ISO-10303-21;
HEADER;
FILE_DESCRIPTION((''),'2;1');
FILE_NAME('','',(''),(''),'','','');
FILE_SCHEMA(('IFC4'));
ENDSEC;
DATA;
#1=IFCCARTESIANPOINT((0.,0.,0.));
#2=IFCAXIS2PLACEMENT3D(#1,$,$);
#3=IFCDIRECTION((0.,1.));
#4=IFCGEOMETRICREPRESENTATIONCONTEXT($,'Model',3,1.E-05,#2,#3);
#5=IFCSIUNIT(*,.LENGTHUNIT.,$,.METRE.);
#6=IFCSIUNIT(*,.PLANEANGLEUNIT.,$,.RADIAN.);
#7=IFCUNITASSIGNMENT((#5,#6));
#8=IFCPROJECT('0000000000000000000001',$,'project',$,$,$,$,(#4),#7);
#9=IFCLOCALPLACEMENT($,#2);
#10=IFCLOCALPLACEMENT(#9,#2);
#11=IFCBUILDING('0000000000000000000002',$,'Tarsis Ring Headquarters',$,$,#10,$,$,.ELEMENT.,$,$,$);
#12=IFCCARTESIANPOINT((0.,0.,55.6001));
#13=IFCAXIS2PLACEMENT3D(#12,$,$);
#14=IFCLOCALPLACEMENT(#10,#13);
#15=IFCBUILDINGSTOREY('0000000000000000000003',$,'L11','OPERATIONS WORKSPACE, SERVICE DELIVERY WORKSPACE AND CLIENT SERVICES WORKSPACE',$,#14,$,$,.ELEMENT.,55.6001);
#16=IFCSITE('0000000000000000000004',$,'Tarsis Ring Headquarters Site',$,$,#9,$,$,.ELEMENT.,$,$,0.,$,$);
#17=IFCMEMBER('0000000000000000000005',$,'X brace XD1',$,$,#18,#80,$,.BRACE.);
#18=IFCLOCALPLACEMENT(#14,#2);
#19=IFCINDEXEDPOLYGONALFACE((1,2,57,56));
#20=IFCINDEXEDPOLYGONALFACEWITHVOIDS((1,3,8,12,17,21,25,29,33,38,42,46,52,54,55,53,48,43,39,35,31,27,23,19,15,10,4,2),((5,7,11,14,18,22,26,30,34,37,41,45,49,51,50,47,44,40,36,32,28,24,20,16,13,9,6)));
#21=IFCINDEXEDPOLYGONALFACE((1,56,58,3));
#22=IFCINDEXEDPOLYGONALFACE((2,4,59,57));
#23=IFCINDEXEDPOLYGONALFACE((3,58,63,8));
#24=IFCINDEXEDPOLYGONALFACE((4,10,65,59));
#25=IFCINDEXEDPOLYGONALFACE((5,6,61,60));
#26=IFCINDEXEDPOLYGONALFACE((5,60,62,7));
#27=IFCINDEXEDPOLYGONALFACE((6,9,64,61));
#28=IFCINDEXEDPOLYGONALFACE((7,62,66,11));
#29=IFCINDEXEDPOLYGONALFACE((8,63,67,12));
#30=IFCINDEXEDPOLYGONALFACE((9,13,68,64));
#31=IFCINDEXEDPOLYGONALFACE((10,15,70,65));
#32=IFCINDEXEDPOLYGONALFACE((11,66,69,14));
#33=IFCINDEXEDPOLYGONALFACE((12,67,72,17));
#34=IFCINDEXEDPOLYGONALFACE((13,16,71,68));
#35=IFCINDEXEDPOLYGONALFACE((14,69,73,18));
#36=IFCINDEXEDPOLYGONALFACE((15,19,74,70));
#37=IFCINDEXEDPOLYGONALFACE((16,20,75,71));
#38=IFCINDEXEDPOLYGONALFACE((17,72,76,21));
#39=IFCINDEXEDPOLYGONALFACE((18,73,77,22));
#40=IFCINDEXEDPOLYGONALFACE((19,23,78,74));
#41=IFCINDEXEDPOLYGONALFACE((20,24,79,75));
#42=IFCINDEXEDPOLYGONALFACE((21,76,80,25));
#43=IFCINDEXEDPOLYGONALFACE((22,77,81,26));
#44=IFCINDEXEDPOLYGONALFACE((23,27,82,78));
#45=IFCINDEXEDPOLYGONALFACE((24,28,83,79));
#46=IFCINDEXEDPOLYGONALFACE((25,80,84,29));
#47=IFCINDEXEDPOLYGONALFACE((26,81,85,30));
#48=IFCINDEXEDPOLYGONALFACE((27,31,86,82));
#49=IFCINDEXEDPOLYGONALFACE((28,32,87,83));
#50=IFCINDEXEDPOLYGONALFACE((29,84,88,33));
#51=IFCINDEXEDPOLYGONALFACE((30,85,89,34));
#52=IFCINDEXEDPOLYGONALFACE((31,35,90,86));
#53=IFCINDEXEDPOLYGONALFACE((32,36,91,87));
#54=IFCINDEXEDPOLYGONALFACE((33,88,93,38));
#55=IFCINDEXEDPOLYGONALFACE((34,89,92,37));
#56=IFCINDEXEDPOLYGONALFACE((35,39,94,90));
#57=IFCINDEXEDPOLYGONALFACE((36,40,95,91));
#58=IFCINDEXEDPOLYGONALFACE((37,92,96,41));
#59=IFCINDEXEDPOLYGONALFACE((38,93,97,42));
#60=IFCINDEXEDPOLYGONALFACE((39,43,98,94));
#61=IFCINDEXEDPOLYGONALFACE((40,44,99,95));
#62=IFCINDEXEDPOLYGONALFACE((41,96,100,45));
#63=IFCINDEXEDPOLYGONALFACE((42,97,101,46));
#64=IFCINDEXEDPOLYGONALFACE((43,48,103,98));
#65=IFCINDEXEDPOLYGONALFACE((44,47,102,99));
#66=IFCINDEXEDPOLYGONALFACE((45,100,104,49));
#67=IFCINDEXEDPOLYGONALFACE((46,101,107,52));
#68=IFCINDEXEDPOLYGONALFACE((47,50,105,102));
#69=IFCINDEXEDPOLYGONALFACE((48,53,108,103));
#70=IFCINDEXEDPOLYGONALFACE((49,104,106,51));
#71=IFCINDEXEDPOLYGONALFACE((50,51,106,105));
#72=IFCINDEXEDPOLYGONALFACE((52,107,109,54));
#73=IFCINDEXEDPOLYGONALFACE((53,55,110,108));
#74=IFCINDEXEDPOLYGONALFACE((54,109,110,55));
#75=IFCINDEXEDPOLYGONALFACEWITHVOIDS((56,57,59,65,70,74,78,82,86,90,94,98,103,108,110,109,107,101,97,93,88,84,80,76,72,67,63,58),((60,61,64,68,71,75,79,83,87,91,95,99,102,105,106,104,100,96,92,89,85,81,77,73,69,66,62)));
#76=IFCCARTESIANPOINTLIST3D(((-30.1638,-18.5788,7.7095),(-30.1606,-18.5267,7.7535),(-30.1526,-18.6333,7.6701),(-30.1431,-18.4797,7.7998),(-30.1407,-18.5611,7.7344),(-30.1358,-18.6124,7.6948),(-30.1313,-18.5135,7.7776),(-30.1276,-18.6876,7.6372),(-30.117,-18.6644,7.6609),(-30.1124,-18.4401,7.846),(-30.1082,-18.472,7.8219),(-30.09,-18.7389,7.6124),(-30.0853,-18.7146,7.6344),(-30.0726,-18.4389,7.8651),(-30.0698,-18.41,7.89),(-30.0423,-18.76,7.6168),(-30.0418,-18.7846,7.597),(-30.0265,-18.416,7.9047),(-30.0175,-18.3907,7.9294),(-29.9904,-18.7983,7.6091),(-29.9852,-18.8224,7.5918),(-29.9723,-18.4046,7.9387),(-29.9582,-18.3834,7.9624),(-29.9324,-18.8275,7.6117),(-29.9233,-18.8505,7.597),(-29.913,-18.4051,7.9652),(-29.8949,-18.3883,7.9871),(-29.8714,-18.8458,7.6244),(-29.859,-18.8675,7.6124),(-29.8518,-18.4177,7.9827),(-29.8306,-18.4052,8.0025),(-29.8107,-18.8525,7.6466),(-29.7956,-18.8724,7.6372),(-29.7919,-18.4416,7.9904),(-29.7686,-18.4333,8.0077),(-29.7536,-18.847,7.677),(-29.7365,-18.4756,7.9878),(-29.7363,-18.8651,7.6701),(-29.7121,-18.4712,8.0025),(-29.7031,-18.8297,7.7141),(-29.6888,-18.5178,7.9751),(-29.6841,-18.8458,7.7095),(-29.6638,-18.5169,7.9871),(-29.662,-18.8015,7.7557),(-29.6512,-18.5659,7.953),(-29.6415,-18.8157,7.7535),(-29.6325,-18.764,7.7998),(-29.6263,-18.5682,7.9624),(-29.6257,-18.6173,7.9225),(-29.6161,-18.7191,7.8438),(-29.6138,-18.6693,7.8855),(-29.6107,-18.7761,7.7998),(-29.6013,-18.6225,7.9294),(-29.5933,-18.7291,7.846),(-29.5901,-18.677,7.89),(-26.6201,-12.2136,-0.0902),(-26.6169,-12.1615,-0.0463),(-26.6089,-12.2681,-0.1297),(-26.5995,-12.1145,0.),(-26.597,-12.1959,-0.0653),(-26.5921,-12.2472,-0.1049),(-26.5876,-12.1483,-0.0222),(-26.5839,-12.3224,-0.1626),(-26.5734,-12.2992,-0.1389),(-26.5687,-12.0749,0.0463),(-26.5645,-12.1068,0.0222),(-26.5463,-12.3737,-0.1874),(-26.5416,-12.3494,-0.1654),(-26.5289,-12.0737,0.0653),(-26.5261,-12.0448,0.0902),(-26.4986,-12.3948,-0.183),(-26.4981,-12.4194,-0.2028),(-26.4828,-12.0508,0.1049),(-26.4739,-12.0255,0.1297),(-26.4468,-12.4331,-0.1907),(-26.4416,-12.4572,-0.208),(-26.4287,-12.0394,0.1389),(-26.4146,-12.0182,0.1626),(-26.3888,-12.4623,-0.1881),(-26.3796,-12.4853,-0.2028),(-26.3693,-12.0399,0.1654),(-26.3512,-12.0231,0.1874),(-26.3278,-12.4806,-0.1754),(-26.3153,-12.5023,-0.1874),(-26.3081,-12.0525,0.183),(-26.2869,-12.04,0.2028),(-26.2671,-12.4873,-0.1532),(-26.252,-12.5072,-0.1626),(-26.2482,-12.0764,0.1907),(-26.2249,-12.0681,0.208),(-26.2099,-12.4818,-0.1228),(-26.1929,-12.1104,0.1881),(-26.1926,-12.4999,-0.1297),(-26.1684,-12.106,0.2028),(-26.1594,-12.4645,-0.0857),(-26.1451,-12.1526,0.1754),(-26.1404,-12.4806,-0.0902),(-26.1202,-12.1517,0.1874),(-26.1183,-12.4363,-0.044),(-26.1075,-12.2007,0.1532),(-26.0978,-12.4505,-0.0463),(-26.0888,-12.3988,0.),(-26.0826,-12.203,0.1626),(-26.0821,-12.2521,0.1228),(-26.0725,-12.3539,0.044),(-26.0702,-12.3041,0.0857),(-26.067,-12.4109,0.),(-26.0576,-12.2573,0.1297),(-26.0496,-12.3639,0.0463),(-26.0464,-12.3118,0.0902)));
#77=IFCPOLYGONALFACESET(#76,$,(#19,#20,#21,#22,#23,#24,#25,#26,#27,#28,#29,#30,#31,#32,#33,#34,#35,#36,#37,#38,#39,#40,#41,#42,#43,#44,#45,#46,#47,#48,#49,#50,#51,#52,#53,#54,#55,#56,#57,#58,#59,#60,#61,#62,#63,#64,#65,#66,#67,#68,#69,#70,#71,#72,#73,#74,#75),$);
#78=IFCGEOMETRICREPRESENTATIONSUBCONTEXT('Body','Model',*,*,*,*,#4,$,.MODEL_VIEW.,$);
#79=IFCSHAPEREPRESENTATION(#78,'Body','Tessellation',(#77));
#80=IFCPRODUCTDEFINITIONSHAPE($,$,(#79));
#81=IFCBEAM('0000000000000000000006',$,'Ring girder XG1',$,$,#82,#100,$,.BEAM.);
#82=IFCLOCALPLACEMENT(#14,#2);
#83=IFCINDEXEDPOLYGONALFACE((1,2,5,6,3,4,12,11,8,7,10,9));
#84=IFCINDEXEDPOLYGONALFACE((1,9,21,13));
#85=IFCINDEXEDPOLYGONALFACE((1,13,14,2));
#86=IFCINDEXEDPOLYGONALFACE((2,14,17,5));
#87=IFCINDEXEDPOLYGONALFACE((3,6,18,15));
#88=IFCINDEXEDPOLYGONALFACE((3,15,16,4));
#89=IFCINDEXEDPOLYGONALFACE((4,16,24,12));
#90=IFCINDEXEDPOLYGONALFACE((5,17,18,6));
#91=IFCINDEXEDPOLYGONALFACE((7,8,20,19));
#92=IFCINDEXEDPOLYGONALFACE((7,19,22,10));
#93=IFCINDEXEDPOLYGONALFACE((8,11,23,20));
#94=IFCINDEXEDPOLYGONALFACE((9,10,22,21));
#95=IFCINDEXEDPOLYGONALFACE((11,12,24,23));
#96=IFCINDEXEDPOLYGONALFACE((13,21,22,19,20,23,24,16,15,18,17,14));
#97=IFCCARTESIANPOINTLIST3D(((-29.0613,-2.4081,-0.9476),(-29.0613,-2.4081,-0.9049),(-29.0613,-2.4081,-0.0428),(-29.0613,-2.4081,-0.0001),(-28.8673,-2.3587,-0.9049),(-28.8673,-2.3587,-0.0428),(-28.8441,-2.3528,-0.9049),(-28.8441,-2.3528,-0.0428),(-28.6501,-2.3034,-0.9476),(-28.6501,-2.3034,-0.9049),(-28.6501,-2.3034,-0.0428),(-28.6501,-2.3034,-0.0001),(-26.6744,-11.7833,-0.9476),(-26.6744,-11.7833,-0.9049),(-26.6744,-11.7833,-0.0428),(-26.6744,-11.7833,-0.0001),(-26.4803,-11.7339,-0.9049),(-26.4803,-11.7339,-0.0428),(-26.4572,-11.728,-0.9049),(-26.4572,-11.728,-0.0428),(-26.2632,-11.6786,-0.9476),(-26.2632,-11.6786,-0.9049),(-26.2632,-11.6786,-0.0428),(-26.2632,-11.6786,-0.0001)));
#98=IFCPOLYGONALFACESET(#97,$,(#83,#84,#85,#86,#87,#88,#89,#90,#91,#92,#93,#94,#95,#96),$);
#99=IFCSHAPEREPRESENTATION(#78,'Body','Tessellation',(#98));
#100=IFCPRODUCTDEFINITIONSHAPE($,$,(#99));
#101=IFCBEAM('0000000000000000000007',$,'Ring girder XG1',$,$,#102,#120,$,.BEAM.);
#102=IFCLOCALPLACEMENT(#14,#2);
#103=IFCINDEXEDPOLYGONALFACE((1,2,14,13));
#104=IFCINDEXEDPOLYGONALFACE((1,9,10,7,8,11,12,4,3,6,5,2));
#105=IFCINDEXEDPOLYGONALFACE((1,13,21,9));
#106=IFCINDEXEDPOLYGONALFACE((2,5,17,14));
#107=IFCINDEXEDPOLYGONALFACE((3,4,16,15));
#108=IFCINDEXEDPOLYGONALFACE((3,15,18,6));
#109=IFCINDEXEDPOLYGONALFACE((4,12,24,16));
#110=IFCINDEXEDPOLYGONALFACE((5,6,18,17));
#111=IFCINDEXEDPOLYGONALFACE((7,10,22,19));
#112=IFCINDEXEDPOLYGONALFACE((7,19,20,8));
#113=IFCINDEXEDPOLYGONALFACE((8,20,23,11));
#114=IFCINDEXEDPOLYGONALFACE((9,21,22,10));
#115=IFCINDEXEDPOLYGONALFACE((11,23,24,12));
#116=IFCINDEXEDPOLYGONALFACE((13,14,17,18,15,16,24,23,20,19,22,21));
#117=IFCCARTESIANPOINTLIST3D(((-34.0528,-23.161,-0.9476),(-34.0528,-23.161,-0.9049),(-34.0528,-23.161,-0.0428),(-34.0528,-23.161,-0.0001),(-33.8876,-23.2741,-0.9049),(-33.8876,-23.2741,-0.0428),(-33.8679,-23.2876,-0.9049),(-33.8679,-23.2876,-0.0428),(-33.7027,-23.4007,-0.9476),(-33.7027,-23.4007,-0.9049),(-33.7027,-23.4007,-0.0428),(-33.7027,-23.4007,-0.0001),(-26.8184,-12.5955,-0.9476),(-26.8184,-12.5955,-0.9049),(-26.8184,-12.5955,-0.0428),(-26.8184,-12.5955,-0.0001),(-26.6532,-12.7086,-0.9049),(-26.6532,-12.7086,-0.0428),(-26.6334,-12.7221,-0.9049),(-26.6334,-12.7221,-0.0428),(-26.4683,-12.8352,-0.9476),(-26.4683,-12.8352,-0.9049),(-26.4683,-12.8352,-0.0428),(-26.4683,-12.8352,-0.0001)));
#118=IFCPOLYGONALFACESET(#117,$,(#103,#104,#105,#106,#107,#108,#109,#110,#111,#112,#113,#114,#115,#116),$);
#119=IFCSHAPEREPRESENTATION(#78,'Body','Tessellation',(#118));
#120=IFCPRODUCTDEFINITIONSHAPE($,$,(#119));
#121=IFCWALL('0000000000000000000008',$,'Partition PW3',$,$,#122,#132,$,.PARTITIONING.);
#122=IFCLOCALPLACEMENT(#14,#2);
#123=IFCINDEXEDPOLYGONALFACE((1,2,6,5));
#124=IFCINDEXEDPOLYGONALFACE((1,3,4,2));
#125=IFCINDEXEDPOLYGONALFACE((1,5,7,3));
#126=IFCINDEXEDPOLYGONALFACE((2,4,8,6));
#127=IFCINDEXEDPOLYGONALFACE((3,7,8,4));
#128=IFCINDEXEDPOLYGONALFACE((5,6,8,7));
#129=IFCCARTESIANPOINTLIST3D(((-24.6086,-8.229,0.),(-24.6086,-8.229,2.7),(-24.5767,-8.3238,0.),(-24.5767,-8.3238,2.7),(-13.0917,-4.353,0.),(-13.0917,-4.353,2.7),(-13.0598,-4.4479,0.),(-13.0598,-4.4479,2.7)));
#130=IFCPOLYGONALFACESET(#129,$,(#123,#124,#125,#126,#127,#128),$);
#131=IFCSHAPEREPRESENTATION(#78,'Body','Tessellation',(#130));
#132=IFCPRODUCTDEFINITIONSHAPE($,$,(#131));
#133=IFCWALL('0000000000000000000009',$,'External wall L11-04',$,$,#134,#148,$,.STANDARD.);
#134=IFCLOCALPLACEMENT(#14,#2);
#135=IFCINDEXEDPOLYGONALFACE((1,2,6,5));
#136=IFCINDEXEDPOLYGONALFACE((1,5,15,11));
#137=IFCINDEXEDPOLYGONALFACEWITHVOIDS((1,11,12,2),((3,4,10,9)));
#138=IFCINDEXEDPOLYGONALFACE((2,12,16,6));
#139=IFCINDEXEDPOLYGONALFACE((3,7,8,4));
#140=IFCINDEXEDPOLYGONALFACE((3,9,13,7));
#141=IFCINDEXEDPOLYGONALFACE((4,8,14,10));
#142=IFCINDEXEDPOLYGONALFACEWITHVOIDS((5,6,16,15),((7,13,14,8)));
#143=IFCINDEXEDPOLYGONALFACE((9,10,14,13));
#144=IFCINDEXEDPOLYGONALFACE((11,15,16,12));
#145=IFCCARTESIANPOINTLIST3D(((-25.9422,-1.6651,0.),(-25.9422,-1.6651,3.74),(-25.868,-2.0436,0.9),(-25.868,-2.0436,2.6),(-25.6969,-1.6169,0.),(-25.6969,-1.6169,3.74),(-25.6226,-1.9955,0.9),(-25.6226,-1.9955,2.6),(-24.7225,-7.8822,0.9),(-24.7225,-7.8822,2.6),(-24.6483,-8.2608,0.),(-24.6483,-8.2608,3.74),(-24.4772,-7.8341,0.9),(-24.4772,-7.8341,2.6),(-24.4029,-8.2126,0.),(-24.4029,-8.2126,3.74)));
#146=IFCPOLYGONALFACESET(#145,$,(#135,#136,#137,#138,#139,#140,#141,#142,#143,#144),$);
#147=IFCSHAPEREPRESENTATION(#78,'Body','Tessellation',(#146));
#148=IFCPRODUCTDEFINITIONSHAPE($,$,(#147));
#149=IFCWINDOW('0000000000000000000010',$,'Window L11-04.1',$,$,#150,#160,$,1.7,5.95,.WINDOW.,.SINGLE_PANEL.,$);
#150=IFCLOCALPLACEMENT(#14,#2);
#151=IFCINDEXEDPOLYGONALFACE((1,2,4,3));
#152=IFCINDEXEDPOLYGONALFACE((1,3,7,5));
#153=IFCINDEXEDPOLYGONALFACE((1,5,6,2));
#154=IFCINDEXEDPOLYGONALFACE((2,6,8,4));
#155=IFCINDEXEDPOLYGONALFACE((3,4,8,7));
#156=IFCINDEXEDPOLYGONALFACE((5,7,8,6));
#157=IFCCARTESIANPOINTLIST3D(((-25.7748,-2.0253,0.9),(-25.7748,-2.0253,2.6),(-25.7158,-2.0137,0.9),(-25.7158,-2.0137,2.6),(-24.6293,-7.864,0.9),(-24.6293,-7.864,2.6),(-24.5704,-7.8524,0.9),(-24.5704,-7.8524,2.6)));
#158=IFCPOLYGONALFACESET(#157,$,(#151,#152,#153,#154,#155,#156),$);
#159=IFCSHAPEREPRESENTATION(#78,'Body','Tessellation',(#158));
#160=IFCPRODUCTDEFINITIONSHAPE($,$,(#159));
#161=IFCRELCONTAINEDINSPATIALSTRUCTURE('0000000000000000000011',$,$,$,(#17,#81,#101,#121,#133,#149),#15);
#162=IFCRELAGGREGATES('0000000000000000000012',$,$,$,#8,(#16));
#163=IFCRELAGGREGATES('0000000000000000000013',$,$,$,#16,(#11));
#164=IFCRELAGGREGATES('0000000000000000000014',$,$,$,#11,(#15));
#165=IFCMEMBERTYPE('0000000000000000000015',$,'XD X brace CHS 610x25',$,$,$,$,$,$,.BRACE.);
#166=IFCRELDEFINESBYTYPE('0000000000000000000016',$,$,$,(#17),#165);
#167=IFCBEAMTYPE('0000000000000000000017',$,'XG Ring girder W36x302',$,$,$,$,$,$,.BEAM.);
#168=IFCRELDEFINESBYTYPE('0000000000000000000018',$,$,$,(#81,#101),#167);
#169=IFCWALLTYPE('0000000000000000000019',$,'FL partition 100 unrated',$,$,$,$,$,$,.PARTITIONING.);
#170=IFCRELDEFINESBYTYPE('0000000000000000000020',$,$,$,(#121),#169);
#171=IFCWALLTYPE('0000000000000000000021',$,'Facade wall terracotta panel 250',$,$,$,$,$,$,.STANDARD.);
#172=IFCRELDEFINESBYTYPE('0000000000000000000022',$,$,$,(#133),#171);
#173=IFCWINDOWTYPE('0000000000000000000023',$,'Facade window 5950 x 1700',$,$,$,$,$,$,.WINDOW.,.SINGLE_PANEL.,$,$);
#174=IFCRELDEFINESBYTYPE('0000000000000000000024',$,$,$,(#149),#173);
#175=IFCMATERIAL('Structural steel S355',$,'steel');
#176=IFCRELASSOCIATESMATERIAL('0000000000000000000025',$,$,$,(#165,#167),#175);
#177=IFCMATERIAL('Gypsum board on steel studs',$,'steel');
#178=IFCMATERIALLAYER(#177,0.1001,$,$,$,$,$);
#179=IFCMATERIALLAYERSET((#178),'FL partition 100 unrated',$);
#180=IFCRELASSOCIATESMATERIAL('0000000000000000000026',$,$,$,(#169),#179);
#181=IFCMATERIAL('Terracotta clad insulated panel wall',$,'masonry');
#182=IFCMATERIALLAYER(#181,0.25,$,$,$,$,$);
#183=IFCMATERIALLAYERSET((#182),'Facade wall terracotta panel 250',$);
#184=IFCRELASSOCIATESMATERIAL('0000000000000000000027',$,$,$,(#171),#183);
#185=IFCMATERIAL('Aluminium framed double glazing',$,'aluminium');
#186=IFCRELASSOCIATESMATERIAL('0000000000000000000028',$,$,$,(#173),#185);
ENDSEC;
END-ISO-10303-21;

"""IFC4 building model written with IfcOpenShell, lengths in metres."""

from ifc_helpers import new_model, si_unit, direction, frame, frame_2d, origin, origin_2d, place, context, subcontext, project, spatial, rectangle, hollow_circle, i_section, extrude, material, layer, layer_set, material_profile, profile_set, type_object, element, fill, save


model = new_model("IFC4")

# Units and contexts
model_context = context("Model", 3, precision=1e-05, world=origin(), true_north=direction((0.0, 1.0)))
body_context = subcontext(model_context, "Body", "Model", "MODEL_VIEW")
ifc_project = project(units=[si_unit("LENGTHUNIT", "METRE"), si_unit("PLANEANGLEUNIT", "RADIAN")], contexts=[model_context])

# Site, building, storey
site_placement = place(None, origin())
site = spatial("IfcSite", under=ifc_project, at=site_placement, Name="Tarsis Ring Headquarters Site", CompositionType="ELEMENT", RefElevation=0.0)
building_placement = place(site_placement, origin())
building = spatial("IfcBuilding", under=site, at=building_placement, Name="Tarsis Ring Headquarters", CompositionType="ELEMENT")
storey_placement = place(building_placement, frame((0.0, 0.0, 55.6001)))
storey = spatial("IfcBuildingStorey", under=building, at=storey_placement, Name="L11", Description="OPERATIONS WORKSPACE, SERVICE DELIVERY WORKSPACE AND CLIENT SERVICES WORKSPACE", CompositionType="ELEMENT", Elevation=55.6001)

# Shared definitions
ifc_material_1 = material(Name="Structural steel S355", Category="steel")
ifc_material_profile_1 = material_profile(ifc_material_1, i_section(OverallWidth=0.4243, OverallDepth=0.9475, WebThickness=0.0239, FlangeThickness=0.0427, at=origin_2d()), Name="W36x302")
ifc_profile_set_1 = profile_set([ifc_material_profile_1], Name="Structural steel S355")

# Member
ifc_material_profile_2 = material_profile(ifc_material_1, hollow_circle(Radius=0.3047, WallThickness=0.0249, at=origin_2d()), Name="CHS 610x25")
ifc_profile_set_2 = profile_set([ifc_material_profile_2], Name="Structural steel S355")
member_type = type_object("IfcMemberType", Name="XD X brace CHS 610x25", PredefinedType="BRACE", material=ifc_profile_set_2)
member_placement = place(storey_placement, frame((-26.3333, -12.2627, 0.0), z_axis=(-0.332028, -0.596392, 0.730804), x_axis=(0.873722, -0.486425, 0.0)))
element("IfcMember", 1, at=member_placement, inside=storey, type_object=member_type, Name="X brace XD1", PredefinedType="BRACE", context=body_context, shape_type="SweptSolid", body=[
    extrude(hollow_circle(Radius=0.3047, WallThickness=0.0249, at=origin_2d()), origin(), (0.0, 0.0, 1.0), 10.6729),
])

# Beams
beam_type_1 = type_object("IfcBeamType", Name="XG Ring girder W36x302", PredefinedType="BEAM", material=ifc_profile_set_1)
beam_1_placement = place(storey_placement, frame((-28.8557, -2.3557, -0.4739), z_axis=(0.246731, -0.969084, 0.0), x_axis=(0.969084, 0.246731, 0.0)))
element("IfcBeam", 2, at=beam_1_placement, inside=storey, type_object=beam_type_1, Name="Ring girder XG1", PredefinedType="BEAM", context=body_context, shape_type="SweptSolid", body=[
    extrude(i_section(OverallWidth=0.4243, OverallDepth=0.9475, WebThickness=0.0239, FlangeThickness=0.0427, at=origin_2d()), origin(), (0.0, 0.0, 1.0), 9.6743),
])
beam_2_placement = place(storey_placement, frame((-26.6433, -12.7153, -0.4739), z_axis=(-0.564971, -0.825111, 0.0), x_axis=(0.825111, -0.564971, 0.0)))
element("IfcBeam", 3, at=beam_2_placement, inside=storey, type_object=beam_type_1, Name="Ring girder XG1", PredefinedType="BEAM", context=body_context, shape_type="SweptSolid", body=[
    extrude(i_section(OverallWidth=0.4243, OverallDepth=0.9475, WebThickness=0.0239, FlangeThickness=0.0427, at=origin_2d()), origin(), (0.0, 0.0, 1.0), 12.8049),
])

# Wall
ifc_material_2 = material(Name="Gypsum board on steel studs", Category="steel")
ifc_layer_1 = layer(ifc_material_2, 0.1001)
ifc_layer_set_1 = layer_set([ifc_layer_1], Name="FL partition 100 unrated")
wall_type_1 = type_object("IfcWallType", Name="FL partition 100 unrated", PredefinedType="PARTITIONING", material=ifc_layer_set_1)
wall_1_placement = place(storey_placement, frame((-24.5925, -8.2764, 0.0), z_axis=(0.0, 0.0, 1.0), x_axis=(0.947765, 0.318969, 0.0)))
element("IfcWall", 4, at=wall_1_placement, inside=storey, type_object=wall_type_1, Name="Partition PW3", PredefinedType="PARTITIONING", context=body_context, shape_type="SweptSolid", body=[
    extrude(rectangle(XDim=12.1516, YDim=0.1001, at=frame_2d((6.0757, 0.0))), origin(), (0.0, 0.0, 1.0), 2.7),
])

# Wall, opening, window
ifc_material_3 = material(Name="Terracotta clad insulated panel wall", Category="masonry")
ifc_layer_2 = layer(ifc_material_3, 0.25)
ifc_layer_set_2 = layer_set([ifc_layer_2], Name="Facade wall terracotta panel 250")
wall_type_2 = type_object("IfcWallType", Name="Facade wall terracotta panel 250", PredefinedType="STANDARD", material=ifc_layer_set_2)
wall_2_placement = place(storey_placement, frame((-25.8196, -1.6409, 0.0), z_axis=(0.0, 0.0, 1.0), x_axis=(0.19251, -0.981295, 0.0)))
wall_2 = element("IfcWall", 5, at=wall_2_placement, inside=storey, type_object=wall_type_2, Name="External wall L11-04", PredefinedType="STANDARD", context=body_context, shape_type="SweptSolid", body=[
    extrude(rectangle(XDim=6.7214, YDim=0.25, at=frame_2d((3.3608, 0.0))), origin(), (0.0, 0.0, 1.0), 3.74),
])
opening_1_placement = place(wall_2_placement, frame((0.3857, 0.0, 0.8999)))
opening_1 = element("IfcOpeningElement", 6, at=opening_1_placement, cuts=wall_2, PredefinedType="OPENING", context=body_context, shape_type="SweptSolid", body=[
    extrude(rectangle(XDim=5.95, YDim=1.7, at=frame_2d((2.9751, 0.8501))), frame((0.0, 0.135, 0.0), z_axis=(0.0, -1.0, 0.0), x_axis=(1.0, 0.0, 0.0)), (0.0, 0.0, 1.0), 0.27),
])
ifc_material_4 = material(Name="Aluminium framed double glazing", Category="aluminium")
window_type_1 = type_object("IfcWindowType", Name="Facade window 5950 x 1700", PartitioningType="SINGLE_PANEL", PredefinedType="WINDOW", material=ifc_material_4)
window_1_placement = place(opening_1_placement, origin())
window_1 = element("IfcWindow", 7, at=window_1_placement, inside=storey, type_object=window_type_1, Name="Window L11-04.1", OverallHeight=1.7, OverallWidth=5.95, PartitioningType="SINGLE_PANEL", PredefinedType="WINDOW", context=body_context, shape_type="SweptSolid", body=[
    extrude(rectangle(XDim=5.95, YDim=1.7, at=frame_2d((2.9751, 0.8501))), frame((0.0, 0.03, 0.0), z_axis=(0.0, -1.0, 0.0), x_axis=(1.0, 0.0, 0.0)), (0.0, 0.0, 1.0), 0.0601),
])
fill(opening_1, window_1)

save(model, "model.ifc")
